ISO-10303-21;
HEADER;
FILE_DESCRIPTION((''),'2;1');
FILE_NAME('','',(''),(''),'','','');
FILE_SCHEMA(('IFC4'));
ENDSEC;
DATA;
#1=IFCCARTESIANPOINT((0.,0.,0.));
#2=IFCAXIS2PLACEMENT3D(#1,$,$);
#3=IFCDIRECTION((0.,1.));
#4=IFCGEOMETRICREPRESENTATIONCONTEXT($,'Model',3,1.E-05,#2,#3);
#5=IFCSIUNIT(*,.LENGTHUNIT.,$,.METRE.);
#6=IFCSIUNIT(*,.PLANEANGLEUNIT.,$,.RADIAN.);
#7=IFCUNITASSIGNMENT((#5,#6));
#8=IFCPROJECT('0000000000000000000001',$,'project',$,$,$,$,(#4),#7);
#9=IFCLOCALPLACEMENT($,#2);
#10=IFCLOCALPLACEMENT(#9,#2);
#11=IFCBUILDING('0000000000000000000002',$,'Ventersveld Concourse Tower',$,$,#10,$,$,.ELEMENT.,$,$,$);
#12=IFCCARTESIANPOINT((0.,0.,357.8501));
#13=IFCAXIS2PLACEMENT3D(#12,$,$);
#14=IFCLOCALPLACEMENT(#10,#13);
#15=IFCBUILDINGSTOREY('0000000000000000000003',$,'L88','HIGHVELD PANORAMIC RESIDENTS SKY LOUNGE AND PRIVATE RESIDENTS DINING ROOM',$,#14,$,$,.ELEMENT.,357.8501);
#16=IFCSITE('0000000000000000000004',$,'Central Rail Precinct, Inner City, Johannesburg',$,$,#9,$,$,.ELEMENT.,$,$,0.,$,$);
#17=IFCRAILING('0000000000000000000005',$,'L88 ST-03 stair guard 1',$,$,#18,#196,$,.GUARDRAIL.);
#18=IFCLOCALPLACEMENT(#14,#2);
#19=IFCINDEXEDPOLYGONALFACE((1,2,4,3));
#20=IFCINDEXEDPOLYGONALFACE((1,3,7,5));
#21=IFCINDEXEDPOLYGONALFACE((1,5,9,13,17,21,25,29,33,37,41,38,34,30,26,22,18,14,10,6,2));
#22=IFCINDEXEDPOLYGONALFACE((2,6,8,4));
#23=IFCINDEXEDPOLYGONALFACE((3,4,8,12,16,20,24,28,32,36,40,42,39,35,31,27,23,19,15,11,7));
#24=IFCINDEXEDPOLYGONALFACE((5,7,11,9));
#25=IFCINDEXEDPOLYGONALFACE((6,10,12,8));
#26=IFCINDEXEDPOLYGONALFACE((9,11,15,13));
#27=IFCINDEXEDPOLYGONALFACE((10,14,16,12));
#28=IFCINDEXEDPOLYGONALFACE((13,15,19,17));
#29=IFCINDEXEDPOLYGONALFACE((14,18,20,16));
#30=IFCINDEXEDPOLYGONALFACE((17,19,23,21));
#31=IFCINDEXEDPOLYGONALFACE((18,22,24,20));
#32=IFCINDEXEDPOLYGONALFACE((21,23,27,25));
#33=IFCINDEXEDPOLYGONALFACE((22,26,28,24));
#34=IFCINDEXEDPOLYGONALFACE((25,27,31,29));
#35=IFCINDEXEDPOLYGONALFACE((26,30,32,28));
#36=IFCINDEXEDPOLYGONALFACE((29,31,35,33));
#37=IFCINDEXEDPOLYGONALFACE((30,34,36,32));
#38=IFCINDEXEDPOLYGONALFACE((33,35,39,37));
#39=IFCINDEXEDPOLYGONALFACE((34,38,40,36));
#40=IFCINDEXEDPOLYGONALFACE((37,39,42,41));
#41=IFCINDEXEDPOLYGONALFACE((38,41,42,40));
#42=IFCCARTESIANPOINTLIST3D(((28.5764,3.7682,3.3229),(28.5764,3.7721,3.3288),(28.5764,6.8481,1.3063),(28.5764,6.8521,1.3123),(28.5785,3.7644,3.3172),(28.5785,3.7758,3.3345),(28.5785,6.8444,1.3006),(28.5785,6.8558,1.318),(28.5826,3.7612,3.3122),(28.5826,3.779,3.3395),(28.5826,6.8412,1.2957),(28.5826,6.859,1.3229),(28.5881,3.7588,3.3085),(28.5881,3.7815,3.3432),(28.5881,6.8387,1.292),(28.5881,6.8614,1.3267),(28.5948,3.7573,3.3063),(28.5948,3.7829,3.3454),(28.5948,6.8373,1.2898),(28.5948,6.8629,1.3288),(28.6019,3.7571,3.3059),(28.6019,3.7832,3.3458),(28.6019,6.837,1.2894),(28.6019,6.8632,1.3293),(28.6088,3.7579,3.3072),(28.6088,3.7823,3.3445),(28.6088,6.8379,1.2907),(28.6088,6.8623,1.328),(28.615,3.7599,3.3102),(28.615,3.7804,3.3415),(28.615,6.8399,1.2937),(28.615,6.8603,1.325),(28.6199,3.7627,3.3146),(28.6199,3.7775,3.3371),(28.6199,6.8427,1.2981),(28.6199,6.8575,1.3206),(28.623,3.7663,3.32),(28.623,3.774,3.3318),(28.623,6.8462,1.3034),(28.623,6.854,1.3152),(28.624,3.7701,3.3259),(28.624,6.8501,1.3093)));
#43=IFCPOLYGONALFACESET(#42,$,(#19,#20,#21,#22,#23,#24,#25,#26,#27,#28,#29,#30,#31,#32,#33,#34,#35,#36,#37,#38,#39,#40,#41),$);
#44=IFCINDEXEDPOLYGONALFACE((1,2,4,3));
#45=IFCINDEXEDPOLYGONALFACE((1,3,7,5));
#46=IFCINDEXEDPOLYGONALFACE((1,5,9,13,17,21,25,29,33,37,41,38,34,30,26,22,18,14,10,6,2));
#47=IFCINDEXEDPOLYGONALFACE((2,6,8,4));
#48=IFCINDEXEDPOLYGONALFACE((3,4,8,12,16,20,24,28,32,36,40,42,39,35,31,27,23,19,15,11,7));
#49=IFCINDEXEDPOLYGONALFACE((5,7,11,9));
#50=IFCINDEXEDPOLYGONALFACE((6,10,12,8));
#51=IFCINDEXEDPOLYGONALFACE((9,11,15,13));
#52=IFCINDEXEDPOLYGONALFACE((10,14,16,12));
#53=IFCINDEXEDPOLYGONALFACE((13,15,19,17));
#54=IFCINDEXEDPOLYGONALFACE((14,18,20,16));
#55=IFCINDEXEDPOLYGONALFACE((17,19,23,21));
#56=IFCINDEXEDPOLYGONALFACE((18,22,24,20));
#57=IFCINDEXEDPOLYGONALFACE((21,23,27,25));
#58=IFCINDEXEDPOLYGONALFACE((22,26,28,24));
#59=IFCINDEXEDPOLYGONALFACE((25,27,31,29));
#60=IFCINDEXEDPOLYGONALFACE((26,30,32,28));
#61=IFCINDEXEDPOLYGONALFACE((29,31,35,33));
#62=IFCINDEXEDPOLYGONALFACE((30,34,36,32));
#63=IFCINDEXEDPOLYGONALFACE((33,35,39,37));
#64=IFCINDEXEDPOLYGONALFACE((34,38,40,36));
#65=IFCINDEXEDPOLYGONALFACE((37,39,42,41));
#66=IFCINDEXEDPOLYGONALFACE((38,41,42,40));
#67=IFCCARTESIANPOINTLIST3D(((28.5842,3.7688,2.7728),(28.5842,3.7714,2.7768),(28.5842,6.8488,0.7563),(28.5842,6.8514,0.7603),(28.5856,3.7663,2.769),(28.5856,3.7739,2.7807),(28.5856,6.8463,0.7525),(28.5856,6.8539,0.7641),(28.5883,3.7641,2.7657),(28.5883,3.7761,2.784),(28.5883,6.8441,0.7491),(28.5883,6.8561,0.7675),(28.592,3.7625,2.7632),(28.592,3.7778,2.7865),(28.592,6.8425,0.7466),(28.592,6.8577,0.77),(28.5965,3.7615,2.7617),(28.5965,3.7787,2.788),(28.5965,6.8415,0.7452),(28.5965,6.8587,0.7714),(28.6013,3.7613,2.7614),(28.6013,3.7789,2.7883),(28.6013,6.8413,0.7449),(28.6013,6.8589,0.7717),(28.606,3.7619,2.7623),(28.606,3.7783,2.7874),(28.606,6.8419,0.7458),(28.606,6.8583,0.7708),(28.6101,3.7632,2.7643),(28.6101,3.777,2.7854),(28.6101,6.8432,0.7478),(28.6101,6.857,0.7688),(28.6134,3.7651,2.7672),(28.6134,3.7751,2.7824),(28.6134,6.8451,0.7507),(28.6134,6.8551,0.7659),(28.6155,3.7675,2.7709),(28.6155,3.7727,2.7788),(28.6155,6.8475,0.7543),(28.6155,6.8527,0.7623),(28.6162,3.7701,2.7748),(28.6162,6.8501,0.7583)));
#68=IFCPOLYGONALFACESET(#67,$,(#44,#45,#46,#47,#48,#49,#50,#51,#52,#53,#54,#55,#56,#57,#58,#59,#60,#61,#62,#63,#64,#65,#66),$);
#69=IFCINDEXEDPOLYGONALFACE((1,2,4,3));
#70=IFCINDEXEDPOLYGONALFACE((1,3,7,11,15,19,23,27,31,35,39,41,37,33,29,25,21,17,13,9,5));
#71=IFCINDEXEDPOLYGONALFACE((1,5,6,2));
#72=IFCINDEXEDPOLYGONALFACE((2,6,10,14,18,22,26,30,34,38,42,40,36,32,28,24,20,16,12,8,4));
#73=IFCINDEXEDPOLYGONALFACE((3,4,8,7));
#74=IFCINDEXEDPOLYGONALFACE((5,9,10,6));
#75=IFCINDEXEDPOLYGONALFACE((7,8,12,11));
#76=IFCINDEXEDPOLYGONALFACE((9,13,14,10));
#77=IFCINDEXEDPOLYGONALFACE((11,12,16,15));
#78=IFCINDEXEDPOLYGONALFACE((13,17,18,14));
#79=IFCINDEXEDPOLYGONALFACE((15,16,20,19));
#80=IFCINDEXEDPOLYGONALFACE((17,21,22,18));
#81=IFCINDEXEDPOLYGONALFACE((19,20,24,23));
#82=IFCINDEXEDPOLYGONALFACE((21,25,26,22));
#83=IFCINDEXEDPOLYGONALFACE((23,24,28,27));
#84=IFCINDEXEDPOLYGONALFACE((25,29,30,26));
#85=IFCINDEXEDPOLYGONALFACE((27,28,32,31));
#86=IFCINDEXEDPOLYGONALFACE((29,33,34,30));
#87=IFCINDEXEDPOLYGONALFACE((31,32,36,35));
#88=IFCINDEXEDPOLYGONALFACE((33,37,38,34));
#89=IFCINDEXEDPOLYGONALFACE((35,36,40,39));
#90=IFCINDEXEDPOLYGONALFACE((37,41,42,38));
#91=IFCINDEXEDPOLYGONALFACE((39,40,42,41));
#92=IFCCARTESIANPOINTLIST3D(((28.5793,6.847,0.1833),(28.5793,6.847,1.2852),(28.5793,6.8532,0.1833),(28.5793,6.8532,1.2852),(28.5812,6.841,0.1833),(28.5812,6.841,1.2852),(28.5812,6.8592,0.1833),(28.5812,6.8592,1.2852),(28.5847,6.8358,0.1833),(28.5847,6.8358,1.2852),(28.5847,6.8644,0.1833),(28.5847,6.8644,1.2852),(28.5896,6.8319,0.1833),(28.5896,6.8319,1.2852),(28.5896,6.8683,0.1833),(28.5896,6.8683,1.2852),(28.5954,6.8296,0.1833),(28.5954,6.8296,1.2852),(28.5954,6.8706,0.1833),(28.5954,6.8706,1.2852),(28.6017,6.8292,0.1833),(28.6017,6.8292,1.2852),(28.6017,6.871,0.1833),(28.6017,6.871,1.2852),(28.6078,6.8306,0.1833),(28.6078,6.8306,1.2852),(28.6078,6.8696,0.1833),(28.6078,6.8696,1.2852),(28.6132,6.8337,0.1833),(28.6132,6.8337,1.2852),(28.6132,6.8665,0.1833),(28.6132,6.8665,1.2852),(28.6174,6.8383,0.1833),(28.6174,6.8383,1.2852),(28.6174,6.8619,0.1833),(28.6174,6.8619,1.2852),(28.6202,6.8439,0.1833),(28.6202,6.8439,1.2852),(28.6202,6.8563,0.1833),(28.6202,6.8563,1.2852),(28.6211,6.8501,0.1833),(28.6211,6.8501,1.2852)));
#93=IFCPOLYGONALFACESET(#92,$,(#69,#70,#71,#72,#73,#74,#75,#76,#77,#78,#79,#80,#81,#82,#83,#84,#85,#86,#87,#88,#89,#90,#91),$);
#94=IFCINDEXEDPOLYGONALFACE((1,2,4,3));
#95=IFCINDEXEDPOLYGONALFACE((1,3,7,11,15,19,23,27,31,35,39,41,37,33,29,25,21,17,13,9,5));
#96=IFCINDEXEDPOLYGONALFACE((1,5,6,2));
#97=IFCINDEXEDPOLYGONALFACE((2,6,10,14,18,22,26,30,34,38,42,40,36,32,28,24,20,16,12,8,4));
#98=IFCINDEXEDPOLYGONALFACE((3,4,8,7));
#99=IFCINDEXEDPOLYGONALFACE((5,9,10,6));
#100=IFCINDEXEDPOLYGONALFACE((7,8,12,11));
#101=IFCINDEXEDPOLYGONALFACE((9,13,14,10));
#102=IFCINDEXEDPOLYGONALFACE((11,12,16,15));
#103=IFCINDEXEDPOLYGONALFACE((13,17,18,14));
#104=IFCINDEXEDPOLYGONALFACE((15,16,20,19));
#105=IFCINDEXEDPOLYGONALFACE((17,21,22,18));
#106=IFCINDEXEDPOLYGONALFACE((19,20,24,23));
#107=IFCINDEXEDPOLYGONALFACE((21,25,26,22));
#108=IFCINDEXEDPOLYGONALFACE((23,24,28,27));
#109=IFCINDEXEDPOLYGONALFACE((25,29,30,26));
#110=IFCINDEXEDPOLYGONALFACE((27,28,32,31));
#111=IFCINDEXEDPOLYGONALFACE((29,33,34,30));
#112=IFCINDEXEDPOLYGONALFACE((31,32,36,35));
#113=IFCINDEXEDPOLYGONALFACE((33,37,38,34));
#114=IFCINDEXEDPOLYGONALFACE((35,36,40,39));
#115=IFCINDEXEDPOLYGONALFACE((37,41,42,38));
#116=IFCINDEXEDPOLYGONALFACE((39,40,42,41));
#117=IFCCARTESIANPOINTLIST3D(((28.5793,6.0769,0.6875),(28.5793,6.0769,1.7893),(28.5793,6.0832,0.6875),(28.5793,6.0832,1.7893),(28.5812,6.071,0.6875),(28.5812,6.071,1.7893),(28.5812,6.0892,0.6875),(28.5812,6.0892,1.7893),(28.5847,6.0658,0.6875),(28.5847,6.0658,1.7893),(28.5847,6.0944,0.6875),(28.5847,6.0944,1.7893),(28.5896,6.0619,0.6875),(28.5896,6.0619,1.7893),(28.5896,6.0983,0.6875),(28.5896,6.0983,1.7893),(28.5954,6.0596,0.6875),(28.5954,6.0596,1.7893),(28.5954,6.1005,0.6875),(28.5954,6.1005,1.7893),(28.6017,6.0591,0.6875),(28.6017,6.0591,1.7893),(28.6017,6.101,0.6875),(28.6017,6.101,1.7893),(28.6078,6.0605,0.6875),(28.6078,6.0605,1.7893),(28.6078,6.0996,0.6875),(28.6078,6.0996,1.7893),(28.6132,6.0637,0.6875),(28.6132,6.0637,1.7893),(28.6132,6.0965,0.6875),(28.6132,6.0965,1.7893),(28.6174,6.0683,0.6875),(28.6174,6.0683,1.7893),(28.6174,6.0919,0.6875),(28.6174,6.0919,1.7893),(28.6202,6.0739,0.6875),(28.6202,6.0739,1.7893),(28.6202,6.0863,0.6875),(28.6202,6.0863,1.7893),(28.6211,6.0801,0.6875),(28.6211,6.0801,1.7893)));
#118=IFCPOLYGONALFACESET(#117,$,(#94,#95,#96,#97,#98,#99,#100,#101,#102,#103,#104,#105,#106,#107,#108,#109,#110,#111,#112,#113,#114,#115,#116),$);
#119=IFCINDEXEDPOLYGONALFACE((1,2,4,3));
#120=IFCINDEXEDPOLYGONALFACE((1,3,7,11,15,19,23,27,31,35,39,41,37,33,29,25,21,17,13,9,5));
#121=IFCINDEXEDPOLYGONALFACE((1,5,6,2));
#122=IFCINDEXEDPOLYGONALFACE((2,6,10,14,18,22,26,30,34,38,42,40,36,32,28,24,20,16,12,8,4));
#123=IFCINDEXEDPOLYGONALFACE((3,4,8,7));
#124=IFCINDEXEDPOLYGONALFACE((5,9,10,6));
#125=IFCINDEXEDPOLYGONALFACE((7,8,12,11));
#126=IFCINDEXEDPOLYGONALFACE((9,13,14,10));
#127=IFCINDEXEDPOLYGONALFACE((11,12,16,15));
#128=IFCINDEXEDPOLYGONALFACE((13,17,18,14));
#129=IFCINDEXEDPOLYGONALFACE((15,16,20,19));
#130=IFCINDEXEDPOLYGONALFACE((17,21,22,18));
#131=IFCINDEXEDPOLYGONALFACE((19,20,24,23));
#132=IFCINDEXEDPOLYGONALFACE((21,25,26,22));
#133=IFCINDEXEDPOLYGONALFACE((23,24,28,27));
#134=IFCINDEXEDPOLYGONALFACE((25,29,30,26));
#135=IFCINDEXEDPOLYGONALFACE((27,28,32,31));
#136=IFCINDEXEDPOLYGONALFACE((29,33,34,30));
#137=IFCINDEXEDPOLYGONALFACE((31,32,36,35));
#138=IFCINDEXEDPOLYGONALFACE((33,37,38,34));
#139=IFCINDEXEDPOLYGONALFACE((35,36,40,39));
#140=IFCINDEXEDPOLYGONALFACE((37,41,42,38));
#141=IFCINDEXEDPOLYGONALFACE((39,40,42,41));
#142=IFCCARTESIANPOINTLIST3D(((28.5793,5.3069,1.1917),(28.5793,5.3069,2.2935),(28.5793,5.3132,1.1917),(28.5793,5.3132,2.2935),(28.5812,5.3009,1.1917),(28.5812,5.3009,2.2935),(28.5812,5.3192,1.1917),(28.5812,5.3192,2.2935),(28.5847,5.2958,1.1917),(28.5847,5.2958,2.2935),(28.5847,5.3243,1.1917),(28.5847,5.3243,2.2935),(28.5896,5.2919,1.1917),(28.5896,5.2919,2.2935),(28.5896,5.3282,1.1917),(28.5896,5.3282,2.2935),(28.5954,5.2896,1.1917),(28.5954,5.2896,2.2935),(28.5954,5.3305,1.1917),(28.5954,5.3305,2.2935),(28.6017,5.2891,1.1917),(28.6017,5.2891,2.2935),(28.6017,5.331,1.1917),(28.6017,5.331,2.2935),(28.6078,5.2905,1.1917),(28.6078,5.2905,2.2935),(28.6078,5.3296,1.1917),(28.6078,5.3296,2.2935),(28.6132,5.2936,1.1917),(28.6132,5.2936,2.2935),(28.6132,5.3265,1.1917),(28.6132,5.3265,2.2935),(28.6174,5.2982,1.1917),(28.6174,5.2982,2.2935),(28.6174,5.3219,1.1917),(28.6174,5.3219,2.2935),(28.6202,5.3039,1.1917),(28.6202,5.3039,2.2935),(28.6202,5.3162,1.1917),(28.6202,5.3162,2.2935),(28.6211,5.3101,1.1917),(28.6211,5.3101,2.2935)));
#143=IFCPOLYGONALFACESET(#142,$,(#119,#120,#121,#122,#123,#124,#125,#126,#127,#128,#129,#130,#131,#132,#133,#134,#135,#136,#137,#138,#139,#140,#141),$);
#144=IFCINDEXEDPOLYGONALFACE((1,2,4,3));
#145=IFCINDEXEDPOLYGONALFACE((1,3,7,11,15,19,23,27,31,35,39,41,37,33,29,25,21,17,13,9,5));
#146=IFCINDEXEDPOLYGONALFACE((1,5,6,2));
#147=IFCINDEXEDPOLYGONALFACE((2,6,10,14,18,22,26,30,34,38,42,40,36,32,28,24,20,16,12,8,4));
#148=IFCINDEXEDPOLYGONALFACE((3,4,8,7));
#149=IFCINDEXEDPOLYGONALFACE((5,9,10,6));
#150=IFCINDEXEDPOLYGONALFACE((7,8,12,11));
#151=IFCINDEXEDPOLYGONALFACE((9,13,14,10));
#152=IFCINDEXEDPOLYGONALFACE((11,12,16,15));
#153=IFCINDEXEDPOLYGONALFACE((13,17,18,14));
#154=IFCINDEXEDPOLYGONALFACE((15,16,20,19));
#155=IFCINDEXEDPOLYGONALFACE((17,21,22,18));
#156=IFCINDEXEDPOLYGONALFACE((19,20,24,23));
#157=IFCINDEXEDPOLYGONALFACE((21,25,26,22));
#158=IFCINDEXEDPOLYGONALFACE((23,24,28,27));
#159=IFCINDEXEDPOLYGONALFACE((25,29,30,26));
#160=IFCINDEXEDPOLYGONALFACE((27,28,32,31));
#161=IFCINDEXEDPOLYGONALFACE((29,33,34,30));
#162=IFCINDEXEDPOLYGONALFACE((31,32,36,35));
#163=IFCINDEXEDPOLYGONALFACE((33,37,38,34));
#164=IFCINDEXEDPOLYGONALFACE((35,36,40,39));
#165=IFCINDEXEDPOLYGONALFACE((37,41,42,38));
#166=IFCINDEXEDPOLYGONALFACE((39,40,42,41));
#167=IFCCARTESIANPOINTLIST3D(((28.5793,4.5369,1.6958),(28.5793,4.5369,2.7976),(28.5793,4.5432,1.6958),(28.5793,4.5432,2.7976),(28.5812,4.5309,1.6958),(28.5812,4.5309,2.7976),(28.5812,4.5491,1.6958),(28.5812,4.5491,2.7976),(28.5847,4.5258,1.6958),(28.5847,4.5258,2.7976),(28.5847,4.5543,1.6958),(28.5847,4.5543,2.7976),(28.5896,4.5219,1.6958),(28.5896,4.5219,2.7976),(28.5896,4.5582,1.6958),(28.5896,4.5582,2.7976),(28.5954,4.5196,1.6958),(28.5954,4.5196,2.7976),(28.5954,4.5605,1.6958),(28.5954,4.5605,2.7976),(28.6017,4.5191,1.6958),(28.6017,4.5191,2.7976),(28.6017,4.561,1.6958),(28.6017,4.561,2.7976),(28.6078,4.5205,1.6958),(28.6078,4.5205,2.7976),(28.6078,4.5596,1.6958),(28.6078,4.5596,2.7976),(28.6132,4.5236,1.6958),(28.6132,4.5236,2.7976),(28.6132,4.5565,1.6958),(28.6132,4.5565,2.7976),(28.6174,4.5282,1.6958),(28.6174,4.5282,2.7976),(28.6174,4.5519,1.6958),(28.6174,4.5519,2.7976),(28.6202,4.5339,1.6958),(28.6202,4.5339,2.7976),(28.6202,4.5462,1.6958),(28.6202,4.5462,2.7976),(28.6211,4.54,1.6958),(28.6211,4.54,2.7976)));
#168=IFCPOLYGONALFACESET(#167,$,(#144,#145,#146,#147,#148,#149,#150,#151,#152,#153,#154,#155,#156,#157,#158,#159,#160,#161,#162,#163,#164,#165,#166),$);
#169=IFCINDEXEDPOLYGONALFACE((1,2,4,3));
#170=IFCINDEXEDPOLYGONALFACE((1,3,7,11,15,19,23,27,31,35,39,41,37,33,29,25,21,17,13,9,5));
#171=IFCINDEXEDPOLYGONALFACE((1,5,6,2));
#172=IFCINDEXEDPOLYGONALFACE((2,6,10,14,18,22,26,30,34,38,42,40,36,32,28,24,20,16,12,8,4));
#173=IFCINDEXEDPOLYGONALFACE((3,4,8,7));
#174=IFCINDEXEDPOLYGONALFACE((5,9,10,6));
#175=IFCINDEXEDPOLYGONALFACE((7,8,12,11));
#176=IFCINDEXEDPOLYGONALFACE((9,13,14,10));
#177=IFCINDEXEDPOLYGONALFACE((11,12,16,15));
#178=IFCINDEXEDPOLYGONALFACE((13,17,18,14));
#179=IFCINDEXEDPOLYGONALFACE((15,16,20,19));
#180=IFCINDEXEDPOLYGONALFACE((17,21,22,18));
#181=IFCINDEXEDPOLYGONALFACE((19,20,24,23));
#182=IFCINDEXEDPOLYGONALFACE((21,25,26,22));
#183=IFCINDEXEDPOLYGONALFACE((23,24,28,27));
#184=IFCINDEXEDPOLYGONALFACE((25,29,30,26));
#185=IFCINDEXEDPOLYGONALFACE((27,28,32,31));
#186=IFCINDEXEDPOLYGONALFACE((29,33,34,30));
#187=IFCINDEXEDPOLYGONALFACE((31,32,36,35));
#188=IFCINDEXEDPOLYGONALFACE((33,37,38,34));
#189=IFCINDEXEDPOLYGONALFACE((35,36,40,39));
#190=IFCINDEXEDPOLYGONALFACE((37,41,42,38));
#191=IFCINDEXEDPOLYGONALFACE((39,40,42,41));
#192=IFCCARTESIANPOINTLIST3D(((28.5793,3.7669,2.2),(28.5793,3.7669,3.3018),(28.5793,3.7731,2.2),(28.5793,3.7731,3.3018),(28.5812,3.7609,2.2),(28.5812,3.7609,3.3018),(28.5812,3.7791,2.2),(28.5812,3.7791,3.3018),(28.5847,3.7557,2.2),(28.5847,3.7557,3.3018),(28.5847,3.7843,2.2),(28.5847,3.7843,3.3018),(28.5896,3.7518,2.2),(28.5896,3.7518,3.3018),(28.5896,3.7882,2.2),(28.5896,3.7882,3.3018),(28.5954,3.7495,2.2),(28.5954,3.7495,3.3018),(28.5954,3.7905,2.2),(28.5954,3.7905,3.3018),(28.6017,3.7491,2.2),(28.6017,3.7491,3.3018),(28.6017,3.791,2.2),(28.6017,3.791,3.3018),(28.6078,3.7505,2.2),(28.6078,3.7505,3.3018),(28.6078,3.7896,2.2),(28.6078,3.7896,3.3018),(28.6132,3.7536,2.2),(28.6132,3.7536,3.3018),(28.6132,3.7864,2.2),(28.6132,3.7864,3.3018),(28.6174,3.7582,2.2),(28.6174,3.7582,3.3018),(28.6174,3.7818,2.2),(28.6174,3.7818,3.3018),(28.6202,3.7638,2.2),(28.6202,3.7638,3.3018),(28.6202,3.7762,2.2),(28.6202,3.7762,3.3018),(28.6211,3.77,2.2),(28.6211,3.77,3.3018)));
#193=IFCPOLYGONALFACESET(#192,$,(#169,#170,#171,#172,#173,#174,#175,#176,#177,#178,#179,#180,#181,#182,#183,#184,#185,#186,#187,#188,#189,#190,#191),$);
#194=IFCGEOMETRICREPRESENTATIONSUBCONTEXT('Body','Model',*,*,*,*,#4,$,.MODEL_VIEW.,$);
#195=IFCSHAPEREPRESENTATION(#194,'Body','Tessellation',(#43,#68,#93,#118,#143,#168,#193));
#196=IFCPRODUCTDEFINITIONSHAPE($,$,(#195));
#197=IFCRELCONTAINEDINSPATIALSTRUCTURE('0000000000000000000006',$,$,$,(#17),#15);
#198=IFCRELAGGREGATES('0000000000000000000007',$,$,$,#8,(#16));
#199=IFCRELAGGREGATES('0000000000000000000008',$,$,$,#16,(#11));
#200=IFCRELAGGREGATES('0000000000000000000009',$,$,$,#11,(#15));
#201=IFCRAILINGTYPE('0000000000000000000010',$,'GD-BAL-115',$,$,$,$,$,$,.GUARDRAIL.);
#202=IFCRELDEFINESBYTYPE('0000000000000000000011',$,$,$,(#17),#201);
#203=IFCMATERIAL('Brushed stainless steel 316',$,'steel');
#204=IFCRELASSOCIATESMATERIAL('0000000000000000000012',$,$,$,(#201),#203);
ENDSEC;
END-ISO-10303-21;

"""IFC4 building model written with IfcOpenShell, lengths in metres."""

from ifc_helpers import new_model, si_unit, direction, frame, origin, origin_2d, place, context, subcontext, project, spatial, circle, extrude, material, type_object, element, save


model = new_model("IFC4")

# Units and contexts
model_context = context("Model", 3, precision=1e-05, world=origin(), true_north=direction((0.0, 1.0)))
body_context = subcontext(model_context, "Body", "Model", "MODEL_VIEW")
ifc_project = project(units=[si_unit("LENGTHUNIT", "METRE"), si_unit("PLANEANGLEUNIT", "RADIAN")], contexts=[model_context])

# Site, building, storey
site_placement = place(None, origin())
site = spatial("IfcSite", under=ifc_project, at=site_placement, Name="Central Rail Precinct, Inner City, Johannesburg", CompositionType="ELEMENT", RefElevation=0.0)
building_placement = place(site_placement, origin())
building = spatial("IfcBuilding", under=site, at=building_placement, Name="Ventersveld Concourse Tower", CompositionType="ELEMENT")
storey_placement = place(building_placement, frame((0.0, 0.0, 357.8501)))
storey = spatial("IfcBuildingStorey", under=building, at=storey_placement, Name="L88", Description="HIGHVELD PANORAMIC RESIDENTS SKY LOUNGE AND PRIVATE RESIDENTS DINING ROOM", CompositionType="ELEMENT", Elevation=357.8501)

# Shared definitions
ifc_material_1 = material(Name="Brushed stainless steel 316", Category="steel")

# Railing
railing_type_1 = type_object("IfcRailingType", Name="GD-BAL-115", PredefinedType="GUARDRAIL", material=ifc_material_1)
railing_1_placement = place(storey_placement, frame((28.6001, 6.8501, 0.1833)))
element("IfcRailing", 1, at=railing_1_placement, inside=storey, type_object=railing_type_1, Name="L88 ST-03 stair guard 1", PredefinedType="GUARDRAIL", context=body_context, shape_type="SweptSolid", body=[
    extrude(circle(Radius=0.0239, at=origin_2d()), frame((0.0, 0.0, 1.126), z_axis=(0.0, -0.836633, 0.547764), x_axis=(1.0, 0.0, 0.0)), (0.0, 0.0, 1.0), 3.6814),
    extrude(circle(Radius=0.0161, at=origin_2d()), frame((0.0, 0.0, 0.575), z_axis=(0.0, -0.836633, 0.547764), x_axis=(1.0, 0.0, 0.0)), (0.0, 0.0, 1.0), 3.6814),
    extrude(circle(Radius=0.021, at=origin_2d()), origin(), (0.0, 0.0, 1.0), 1.1018),
    extrude(circle(Radius=0.021, at=origin_2d()), frame((0.0, -0.77, 0.5042)), (0.0, 0.0, 1.0), 1.1018),
    extrude(circle(Radius=0.021, at=origin_2d()), frame((0.0, -1.54, 1.0083)), (0.0, 0.0, 1.0), 1.1018),
    extrude(circle(Radius=0.021, at=origin_2d()), frame((0.0, -2.3101, 1.5125)), (0.0, 0.0, 1.0), 1.1018),
    extrude(circle(Radius=0.021, at=origin_2d()), frame((0.0, -3.0801, 2.0166)), (0.0, 0.0, 1.0), 1.1018),
])

save(model, "model.ifc")
